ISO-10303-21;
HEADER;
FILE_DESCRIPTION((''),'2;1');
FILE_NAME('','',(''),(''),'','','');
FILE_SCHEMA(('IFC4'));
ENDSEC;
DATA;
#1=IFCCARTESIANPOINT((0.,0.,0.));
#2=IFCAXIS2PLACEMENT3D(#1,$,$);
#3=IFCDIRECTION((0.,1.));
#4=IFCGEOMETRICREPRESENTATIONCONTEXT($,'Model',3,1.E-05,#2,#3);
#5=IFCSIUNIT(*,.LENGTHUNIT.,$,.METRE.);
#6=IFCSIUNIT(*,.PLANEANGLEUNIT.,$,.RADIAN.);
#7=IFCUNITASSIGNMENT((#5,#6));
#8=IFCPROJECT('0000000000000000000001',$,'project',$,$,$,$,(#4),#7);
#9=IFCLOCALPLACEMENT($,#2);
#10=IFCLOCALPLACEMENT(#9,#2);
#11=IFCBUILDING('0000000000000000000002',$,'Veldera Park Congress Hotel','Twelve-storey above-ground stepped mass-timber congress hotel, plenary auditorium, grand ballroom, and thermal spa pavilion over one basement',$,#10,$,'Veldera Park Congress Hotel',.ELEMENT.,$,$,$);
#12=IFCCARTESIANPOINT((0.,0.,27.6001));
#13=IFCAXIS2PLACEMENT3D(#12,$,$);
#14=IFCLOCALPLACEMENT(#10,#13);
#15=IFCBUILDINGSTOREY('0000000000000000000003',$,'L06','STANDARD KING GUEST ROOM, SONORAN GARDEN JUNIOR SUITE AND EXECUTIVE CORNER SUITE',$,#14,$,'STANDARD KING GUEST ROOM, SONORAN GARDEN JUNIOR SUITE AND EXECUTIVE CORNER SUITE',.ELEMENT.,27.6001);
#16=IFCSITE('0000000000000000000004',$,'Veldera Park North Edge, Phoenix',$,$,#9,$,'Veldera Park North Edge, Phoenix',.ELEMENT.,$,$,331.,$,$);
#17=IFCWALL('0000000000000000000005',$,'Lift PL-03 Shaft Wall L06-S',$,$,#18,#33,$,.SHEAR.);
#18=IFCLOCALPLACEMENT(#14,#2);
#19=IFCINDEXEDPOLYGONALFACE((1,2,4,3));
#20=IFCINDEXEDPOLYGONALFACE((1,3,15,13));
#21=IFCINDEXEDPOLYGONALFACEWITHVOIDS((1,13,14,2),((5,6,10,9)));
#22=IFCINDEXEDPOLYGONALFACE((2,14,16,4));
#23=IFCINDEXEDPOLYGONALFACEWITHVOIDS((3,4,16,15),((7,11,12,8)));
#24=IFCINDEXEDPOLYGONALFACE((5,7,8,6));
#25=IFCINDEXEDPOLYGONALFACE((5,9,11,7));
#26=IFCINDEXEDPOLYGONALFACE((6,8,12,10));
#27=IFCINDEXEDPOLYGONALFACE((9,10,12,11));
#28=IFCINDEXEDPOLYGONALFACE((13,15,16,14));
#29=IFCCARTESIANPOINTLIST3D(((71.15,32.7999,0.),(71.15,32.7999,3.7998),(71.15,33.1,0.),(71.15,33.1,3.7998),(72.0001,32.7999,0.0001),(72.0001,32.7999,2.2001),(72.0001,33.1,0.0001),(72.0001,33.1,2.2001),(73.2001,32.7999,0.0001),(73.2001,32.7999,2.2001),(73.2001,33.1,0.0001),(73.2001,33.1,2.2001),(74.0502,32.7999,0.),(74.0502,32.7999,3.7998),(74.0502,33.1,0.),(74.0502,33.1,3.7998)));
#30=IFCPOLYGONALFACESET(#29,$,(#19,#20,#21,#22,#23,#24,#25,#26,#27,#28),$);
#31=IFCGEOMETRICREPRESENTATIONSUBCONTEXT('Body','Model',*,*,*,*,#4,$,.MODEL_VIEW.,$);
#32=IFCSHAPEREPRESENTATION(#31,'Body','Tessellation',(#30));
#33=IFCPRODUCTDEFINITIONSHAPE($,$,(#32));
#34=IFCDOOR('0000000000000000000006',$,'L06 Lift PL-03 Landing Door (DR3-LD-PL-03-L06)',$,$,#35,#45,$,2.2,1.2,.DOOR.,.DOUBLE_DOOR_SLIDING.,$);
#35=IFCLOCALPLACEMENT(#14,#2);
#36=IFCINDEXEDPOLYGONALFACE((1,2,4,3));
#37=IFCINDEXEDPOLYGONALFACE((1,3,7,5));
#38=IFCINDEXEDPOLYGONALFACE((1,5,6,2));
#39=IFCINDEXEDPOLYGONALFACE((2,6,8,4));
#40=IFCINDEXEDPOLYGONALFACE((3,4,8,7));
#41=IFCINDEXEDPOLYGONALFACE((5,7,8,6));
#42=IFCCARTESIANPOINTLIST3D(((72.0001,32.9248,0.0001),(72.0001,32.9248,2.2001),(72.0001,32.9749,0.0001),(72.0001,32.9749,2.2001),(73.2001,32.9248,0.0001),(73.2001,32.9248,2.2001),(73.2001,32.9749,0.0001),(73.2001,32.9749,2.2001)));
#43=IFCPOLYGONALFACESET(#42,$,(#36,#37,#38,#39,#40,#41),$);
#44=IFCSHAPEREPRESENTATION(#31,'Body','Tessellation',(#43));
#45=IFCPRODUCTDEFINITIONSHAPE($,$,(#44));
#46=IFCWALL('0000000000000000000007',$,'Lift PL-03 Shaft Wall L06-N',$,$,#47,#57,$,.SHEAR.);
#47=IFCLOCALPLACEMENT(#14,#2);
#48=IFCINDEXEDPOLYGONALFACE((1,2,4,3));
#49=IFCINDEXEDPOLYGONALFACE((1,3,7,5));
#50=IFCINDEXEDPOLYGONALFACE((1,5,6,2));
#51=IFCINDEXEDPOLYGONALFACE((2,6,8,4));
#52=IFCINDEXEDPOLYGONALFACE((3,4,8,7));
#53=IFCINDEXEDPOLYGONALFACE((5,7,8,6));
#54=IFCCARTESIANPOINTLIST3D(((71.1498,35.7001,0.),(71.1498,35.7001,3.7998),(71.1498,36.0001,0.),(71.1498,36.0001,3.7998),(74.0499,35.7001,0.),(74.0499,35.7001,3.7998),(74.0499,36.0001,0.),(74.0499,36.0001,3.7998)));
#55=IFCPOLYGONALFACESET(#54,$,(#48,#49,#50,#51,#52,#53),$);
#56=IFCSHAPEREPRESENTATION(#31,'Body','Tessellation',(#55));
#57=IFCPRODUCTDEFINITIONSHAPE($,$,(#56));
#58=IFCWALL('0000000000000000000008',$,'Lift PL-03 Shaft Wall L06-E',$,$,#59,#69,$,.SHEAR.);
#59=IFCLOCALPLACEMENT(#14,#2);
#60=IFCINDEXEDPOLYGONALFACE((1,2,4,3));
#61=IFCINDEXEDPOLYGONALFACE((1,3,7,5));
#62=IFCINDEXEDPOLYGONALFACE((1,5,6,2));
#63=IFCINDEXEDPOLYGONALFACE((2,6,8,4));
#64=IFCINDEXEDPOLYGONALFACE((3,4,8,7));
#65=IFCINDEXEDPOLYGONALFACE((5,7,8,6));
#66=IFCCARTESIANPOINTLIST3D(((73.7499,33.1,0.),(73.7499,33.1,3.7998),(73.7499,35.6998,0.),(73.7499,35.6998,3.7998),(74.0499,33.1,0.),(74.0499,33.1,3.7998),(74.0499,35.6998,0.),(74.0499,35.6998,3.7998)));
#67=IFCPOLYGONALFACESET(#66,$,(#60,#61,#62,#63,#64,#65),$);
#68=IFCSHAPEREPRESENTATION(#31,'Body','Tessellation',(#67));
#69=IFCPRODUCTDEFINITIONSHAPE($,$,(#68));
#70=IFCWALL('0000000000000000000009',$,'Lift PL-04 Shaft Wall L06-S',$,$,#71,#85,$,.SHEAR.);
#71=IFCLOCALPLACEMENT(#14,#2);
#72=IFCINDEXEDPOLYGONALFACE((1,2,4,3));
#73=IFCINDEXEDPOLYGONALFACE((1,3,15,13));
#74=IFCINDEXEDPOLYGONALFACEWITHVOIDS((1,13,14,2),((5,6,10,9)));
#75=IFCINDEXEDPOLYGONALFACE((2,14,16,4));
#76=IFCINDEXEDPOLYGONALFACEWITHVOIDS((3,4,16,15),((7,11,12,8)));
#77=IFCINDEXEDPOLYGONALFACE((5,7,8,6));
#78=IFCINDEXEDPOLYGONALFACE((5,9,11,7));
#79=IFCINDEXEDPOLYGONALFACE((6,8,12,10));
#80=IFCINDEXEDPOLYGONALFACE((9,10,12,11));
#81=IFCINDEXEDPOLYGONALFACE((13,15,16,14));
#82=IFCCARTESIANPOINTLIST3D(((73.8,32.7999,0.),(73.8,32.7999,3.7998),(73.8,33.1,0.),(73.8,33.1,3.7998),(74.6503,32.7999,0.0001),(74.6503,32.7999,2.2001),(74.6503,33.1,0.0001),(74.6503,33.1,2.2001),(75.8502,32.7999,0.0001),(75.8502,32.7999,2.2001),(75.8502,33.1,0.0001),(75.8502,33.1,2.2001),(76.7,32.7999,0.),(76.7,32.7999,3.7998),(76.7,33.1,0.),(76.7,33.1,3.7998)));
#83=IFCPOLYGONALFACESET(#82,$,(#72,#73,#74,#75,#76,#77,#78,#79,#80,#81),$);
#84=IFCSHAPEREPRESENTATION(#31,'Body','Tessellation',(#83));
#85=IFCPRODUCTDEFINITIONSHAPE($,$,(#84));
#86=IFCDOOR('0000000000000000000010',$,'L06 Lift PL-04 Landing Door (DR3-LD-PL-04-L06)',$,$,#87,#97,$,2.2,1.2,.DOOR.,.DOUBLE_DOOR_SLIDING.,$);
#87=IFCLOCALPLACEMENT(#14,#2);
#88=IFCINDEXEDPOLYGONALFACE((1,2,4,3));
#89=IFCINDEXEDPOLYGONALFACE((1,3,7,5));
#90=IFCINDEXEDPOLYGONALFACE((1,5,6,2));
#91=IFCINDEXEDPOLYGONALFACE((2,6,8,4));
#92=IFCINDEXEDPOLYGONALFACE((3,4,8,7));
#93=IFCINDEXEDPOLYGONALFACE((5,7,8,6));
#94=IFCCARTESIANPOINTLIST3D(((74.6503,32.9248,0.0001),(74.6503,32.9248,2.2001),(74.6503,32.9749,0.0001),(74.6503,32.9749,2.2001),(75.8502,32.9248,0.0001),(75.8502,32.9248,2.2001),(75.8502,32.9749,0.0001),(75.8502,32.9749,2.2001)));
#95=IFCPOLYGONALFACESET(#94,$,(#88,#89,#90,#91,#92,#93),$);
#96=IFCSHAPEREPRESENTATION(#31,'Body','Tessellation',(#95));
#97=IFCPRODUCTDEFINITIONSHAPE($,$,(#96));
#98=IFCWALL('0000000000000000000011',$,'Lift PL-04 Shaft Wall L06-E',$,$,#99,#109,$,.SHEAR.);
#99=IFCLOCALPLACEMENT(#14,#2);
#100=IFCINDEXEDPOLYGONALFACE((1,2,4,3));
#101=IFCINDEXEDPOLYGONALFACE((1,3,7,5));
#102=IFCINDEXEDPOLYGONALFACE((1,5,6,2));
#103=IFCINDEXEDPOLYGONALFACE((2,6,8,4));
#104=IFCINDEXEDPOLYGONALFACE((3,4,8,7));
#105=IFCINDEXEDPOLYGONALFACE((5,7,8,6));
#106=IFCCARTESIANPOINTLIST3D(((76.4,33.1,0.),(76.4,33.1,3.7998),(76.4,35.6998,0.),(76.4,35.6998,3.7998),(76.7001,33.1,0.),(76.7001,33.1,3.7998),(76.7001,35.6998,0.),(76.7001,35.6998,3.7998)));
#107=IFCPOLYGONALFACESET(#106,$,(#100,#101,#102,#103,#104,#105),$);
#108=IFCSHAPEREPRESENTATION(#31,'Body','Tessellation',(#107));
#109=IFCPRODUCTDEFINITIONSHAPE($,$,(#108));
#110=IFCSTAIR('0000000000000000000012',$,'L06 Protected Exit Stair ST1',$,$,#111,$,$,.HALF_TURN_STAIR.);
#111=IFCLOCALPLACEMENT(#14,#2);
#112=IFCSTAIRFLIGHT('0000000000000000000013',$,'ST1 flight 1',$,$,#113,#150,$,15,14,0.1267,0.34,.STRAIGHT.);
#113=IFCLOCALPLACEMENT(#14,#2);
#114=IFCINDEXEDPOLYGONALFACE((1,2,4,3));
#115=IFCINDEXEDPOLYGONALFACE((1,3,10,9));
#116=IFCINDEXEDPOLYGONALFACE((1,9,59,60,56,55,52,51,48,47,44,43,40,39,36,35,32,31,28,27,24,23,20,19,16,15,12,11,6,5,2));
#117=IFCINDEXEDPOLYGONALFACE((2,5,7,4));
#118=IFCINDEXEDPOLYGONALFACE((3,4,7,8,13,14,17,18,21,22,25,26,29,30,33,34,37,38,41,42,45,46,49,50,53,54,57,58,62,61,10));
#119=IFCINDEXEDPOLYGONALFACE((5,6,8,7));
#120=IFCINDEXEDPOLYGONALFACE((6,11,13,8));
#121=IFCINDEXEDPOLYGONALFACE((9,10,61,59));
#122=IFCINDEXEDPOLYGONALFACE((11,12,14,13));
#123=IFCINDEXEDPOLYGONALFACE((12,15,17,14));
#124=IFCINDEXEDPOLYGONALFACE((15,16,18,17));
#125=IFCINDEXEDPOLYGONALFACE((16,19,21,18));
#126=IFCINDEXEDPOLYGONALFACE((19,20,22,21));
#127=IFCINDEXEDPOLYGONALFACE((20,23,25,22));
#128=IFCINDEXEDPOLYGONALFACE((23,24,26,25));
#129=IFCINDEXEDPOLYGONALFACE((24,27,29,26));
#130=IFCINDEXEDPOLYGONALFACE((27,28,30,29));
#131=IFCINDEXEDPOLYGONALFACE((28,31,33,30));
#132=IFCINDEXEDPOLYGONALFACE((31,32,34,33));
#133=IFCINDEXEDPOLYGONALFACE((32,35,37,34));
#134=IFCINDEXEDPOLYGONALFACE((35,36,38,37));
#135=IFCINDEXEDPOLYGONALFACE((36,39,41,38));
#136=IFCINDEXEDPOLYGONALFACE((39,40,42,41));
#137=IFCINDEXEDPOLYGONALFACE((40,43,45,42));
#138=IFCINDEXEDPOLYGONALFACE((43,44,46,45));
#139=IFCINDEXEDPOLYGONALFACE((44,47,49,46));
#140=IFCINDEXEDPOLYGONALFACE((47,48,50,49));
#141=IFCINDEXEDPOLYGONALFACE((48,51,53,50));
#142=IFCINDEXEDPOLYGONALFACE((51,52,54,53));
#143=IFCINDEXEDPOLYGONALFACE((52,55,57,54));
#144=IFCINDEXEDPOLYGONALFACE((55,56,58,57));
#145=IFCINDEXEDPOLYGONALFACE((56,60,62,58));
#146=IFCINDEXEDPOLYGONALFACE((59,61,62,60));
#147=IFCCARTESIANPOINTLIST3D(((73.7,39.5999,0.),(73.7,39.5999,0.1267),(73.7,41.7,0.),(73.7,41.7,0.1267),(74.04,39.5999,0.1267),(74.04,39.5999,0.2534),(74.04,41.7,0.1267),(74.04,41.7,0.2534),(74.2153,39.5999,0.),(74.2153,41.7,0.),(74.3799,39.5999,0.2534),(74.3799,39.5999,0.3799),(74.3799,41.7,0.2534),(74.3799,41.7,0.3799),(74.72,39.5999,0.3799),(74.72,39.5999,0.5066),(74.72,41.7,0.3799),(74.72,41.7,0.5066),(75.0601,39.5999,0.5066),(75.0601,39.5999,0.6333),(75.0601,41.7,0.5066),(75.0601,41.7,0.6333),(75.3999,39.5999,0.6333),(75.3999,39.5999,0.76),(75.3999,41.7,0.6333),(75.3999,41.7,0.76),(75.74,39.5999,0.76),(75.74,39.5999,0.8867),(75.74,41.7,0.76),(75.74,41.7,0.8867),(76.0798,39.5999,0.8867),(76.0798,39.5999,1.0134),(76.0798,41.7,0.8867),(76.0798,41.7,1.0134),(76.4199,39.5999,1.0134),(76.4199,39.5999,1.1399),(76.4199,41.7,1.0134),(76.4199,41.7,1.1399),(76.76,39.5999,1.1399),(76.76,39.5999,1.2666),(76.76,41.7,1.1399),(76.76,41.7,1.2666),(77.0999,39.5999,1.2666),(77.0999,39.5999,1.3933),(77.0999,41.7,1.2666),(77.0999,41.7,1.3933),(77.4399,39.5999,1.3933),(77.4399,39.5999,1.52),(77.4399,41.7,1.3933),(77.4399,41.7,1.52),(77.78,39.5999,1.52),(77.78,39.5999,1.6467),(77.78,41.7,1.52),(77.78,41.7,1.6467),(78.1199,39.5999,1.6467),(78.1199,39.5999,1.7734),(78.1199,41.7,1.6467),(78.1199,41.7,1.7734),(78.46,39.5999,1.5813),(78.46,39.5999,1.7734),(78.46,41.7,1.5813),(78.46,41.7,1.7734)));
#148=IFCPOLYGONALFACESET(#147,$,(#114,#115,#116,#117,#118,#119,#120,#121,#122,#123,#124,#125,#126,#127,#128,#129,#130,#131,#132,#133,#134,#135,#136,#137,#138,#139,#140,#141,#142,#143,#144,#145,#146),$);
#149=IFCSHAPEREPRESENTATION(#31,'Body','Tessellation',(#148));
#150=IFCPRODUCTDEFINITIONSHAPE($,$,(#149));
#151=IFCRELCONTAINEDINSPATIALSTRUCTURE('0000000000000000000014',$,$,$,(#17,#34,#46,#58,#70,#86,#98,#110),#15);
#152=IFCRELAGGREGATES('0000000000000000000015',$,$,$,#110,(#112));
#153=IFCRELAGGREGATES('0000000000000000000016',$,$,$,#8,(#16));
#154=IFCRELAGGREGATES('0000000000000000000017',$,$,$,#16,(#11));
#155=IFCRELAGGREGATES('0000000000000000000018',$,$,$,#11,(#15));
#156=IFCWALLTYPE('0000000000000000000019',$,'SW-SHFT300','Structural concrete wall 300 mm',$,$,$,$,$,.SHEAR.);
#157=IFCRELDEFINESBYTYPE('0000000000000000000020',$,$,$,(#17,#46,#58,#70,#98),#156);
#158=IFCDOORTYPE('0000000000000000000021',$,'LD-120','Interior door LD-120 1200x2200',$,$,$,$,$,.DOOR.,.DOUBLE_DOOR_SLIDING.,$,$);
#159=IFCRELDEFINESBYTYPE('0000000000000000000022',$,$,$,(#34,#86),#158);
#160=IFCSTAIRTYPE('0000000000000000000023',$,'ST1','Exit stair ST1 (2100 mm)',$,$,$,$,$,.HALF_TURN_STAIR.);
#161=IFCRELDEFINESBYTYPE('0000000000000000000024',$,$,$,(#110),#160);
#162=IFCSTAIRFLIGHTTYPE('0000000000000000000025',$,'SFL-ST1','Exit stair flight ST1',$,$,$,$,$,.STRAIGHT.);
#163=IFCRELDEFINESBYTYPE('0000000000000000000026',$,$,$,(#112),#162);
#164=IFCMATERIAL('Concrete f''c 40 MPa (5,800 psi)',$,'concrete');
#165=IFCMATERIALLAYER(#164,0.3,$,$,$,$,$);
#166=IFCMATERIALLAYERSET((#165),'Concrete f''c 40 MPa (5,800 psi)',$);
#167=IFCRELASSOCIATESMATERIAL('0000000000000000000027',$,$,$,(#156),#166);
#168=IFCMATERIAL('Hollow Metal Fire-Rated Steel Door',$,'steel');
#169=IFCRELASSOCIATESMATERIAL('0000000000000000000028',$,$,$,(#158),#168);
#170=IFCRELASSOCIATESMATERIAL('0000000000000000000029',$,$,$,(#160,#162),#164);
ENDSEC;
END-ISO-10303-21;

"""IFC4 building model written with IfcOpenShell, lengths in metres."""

from ifc_helpers import new_model, si_unit, direction, frame, frame_2d, origin, place, context, subcontext, project, spatial, polyline, rectangle, outline, extrude, material, layer, layer_set, type_object, element, fill, aggregate, save


model = new_model("IFC4")

# Units and contexts
model_context = context("Model", 3, precision=1e-05, world=origin(), true_north=direction((0.0, 1.0)))
body_context = subcontext(model_context, "Body", "Model", "MODEL_VIEW")
ifc_project = project(units=[si_unit("LENGTHUNIT", "METRE"), si_unit("PLANEANGLEUNIT", "RADIAN")], contexts=[model_context])

# Site, building, storey
site_placement = place(None, origin())
site = spatial("IfcSite", under=ifc_project, at=site_placement, Name="Veldera Park North Edge, Phoenix", LongName="Veldera Park North Edge, Phoenix", CompositionType="ELEMENT", RefElevation=331.0)
building_placement = place(site_placement, origin())
building = spatial("IfcBuilding", under=site, at=building_placement, Name="Veldera Park Congress Hotel", Description="Twelve-storey above-ground stepped mass-timber congress hotel, plenary auditorium, grand ballroom, and thermal spa pavilion over one basement", LongName="Veldera Park Congress Hotel", CompositionType="ELEMENT")
storey_placement = place(building_placement, frame((0.0, 0.0, 27.6001)))
storey = spatial("IfcBuildingStorey", under=building, at=storey_placement, Name="L06", Description="STANDARD KING GUEST ROOM, SONORAN GARDEN JUNIOR SUITE AND EXECUTIVE CORNER SUITE", LongName="STANDARD KING GUEST ROOM, SONORAN GARDEN JUNIOR SUITE AND EXECUTIVE CORNER SUITE", CompositionType="ELEMENT", Elevation=27.6001)

# Shared definitions
ifc_material_1 = material(Name="Concrete f'c 40 MPa (5,800 psi)", Category="concrete")

# Shared definitions
ifc_layer_1 = layer(ifc_material_1, 0.3)
ifc_layer_set_1 = layer_set([ifc_layer_1], Name="Concrete f'c 40 MPa (5,800 psi)")
wall_type_1 = type_object("IfcWallType", Name="SW-SHFT300", Description="Structural concrete wall 300 mm", PredefinedType="SHEAR", material=ifc_layer_set_1)
ifc_material_2 = material(Name="Hollow Metal Fire-Rated Steel Door", Category="steel")
door_type_1 = type_object("IfcDoorType", Name="LD-120", Description="Interior door LD-120 1200x2200", OperationType="DOUBLE_DOOR_SLIDING", PredefinedType="DOOR", material=ifc_material_2)

# Wall, opening, door
wall_1_placement = place(storey_placement, frame((71.1499, 32.95, 0.0), z_axis=(0.0, 0.0, 1.0), x_axis=(1.0, 0.0, 0.0)))
wall_1 = element("IfcWall", 1, at=wall_1_placement, inside=storey, type_object=wall_type_1, Name="Lift PL-03 Shaft Wall L06-S", PredefinedType="SHEAR", context=body_context, shape_type="SweptSolid", body=[
    extrude(rectangle(XDim=2.9001, YDim=0.3, at=frame_2d((1.4502, 0.0))), origin(), (0.0, 0.0, 1.0), 3.7998),
])
opening_1_placement = place(wall_1_placement, frame((0.8501, 0.0, 0.0)))
opening_1 = element("IfcOpeningElement", 2, at=opening_1_placement, cuts=wall_1, PredefinedType="OPENING", context=body_context, shape_type="SweptSolid", body=[
    extrude(rectangle(XDim=1.2, YDim=2.2, at=frame_2d((0.6001, 1.1001))), frame((0.0, 0.1621, 0.0), z_axis=(0.0, -1.0, 0.0), x_axis=(1.0, 0.0, 0.0)), (0.0, 0.0, 1.0), 0.324),
])
door_1_placement = place(opening_1_placement, origin())
door_1 = element("IfcDoor", 3, at=door_1_placement, inside=storey, type_object=door_type_1, Name="L06 Lift PL-03 Landing Door (DR3-LD-PL-03-L06)", OperationType="DOUBLE_DOOR_SLIDING", OverallHeight=2.2, OverallWidth=1.2, PredefinedType="DOOR", context=body_context, shape_type="SweptSolid", body=[
    extrude(rectangle(XDim=1.2, YDim=2.2, at=frame_2d((0.6001, 1.1001))), frame((0.0, 0.0249, 0.0), z_axis=(0.0, -1.0, 0.0), x_axis=(1.0, 0.0, 0.0)), (0.0, 0.0, 1.0), 0.05),
])
fill(opening_1, door_1)

# Walls
wall_2_placement = place(storey_placement, frame((74.05, 35.8501, 0.0), z_axis=(0.0, 0.0, 1.0), x_axis=(-1.0, 0.0, 0.0)))
element("IfcWall", 4, at=wall_2_placement, inside=storey, type_object=wall_type_1, Name="Lift PL-03 Shaft Wall L06-N", PredefinedType="SHEAR", context=body_context, shape_type="SweptSolid", body=[
    extrude(rectangle(XDim=2.9001, YDim=0.3, at=frame_2d((1.4502, 0.0))), origin(), (0.0, 0.0, 1.0), 3.7998),
])
wall_3_placement = place(storey_placement, frame((73.8999, 33.1001, 0.0), z_axis=(0.0, 0.0, 1.0), x_axis=(0.0, 1.0, 0.0)))
element("IfcWall", 5, at=wall_3_placement, inside=storey, type_object=wall_type_1, Name="Lift PL-03 Shaft Wall L06-E", PredefinedType="SHEAR", context=body_context, shape_type="SweptSolid", body=[
    extrude(rectangle(XDim=2.5999, YDim=0.3, at=frame_2d((1.2998, 0.0))), origin(), (0.0, 0.0, 1.0), 3.7998),
])

# Wall, opening, door
wall_4_placement = place(storey_placement, frame((73.8, 32.95, 0.0), z_axis=(0.0, 0.0, 1.0), x_axis=(1.0, 0.0, 0.0)))
wall_4 = element("IfcWall", 6, at=wall_4_placement, inside=storey, type_object=wall_type_1, Name="Lift PL-04 Shaft Wall L06-S", PredefinedType="SHEAR", context=body_context, shape_type="SweptSolid", body=[
    extrude(rectangle(XDim=2.8999, YDim=0.3, at=frame_2d((1.45, 0.0))), origin(), (0.0, 0.0, 1.0), 3.7998),
])
opening_2_placement = place(wall_4_placement, frame((0.8501, 0.0, 0.0)))
opening_2 = element("IfcOpeningElement", 7, at=opening_2_placement, cuts=wall_4, PredefinedType="OPENING", context=body_context, shape_type="SweptSolid", body=[
    extrude(rectangle(XDim=1.2, YDim=2.2, at=frame_2d((0.6001, 1.1001))), frame((0.0, 0.1621, 0.0), z_axis=(0.0, -1.0, 0.0), x_axis=(1.0, 0.0, 0.0)), (0.0, 0.0, 1.0), 0.324),
])
door_2_placement = place(opening_2_placement, origin())
door_2 = element("IfcDoor", 8, at=door_2_placement, inside=storey, type_object=door_type_1, Name="L06 Lift PL-04 Landing Door (DR3-LD-PL-04-L06)", OperationType="DOUBLE_DOOR_SLIDING", OverallHeight=2.2, OverallWidth=1.2, PredefinedType="DOOR", context=body_context, shape_type="SweptSolid", body=[
    extrude(rectangle(XDim=1.2, YDim=2.2, at=frame_2d((0.6001, 1.1001))), frame((0.0, 0.0249, 0.0), z_axis=(0.0, -1.0, 0.0), x_axis=(1.0, 0.0, 0.0)), (0.0, 0.0, 1.0), 0.05),
])
fill(opening_2, door_2)

# Wall
wall_5_placement = place(storey_placement, frame((76.55, 33.1001, 0.0), z_axis=(0.0, 0.0, 1.0), x_axis=(0.0, 1.0, 0.0)))
element("IfcWall", 9, at=wall_5_placement, inside=storey, type_object=wall_type_1, Name="Lift PL-04 Shaft Wall L06-E", PredefinedType="SHEAR", context=body_context, shape_type="SweptSolid", body=[
    extrude(rectangle(XDim=2.5999, YDim=0.3, at=frame_2d((1.2998, 0.0))), origin(), (0.0, 0.0, 1.0), 3.7998),
])

# Stair, stair flight
stair_type = type_object("IfcStairType", Name="ST1", Description="Exit stair ST1 (2100 mm)", PredefinedType="HALF_TURN_STAIR", material=ifc_material_1)
stair_placement = place(storey_placement, origin())
stair = element("IfcStair", 10, at=stair_placement, inside=storey, type_object=stair_type, Name="L06 Protected Exit Stair ST1", PredefinedType="HALF_TURN_STAIR")
stair_flight_type = type_object("IfcStairFlightType", Name="SFL-ST1", Description="Exit stair flight ST1", PredefinedType="STRAIGHT", material=ifc_material_1)
stair_flight_placement = place(storey_placement, frame((73.7, 40.6499, 0.0), z_axis=(0.0, 0.0, 1.0), x_axis=(1.0, 0.0, 0.0)))
stair_flight = element("IfcStairFlight", 11, at=stair_flight_placement, type_object=stair_flight_type, Name="ST1 flight 1", NumberOfRisers=15, NumberOfTreads=14, PredefinedType="STRAIGHT", RiserHeight=0.1267, TreadLength=0.34, context=body_context, shape_type="SweptSolid", body=[
    extrude(outline(polyline([(0.0, 0.0), (0.0, 0.1267), (0.3401, 0.1267), (0.3401, 0.2534), (0.6799, 0.2534), (0.6799, 0.3799), (1.02, 0.3799), (1.02, 0.5066), (1.3601, 0.5066), (1.3601, 0.6333), (1.7, 0.6333), (1.7, 0.76), (2.04, 0.76), (2.04, 0.8867), (2.3799, 0.8867), (2.3799, 1.0134), (2.72, 1.0134), (2.72, 1.1399), (3.0601, 1.1399), (3.0601, 1.2666), (3.3999, 1.2666), (3.3999, 1.3933), (3.74, 1.3933), (3.74, 1.52), (4.0801, 1.52), (4.0801, 1.6467), (4.4199, 1.6467), (4.4199, 1.7734), (4.76, 1.7734), (4.76, 1.8999), (4.76, 1.8999), (4.76, 1.5813), (0.5154, 0.0), (0.0, 0.0)])), frame((0.0, 1.05, 0.0), z_axis=(0.0, -1.0, 0.0), x_axis=(1.0, 0.0, 0.0)), (0.0, 0.0, 1.0), 2.1001),
])
aggregate(stair, [stair_flight])

save(model, "model.ifc")
